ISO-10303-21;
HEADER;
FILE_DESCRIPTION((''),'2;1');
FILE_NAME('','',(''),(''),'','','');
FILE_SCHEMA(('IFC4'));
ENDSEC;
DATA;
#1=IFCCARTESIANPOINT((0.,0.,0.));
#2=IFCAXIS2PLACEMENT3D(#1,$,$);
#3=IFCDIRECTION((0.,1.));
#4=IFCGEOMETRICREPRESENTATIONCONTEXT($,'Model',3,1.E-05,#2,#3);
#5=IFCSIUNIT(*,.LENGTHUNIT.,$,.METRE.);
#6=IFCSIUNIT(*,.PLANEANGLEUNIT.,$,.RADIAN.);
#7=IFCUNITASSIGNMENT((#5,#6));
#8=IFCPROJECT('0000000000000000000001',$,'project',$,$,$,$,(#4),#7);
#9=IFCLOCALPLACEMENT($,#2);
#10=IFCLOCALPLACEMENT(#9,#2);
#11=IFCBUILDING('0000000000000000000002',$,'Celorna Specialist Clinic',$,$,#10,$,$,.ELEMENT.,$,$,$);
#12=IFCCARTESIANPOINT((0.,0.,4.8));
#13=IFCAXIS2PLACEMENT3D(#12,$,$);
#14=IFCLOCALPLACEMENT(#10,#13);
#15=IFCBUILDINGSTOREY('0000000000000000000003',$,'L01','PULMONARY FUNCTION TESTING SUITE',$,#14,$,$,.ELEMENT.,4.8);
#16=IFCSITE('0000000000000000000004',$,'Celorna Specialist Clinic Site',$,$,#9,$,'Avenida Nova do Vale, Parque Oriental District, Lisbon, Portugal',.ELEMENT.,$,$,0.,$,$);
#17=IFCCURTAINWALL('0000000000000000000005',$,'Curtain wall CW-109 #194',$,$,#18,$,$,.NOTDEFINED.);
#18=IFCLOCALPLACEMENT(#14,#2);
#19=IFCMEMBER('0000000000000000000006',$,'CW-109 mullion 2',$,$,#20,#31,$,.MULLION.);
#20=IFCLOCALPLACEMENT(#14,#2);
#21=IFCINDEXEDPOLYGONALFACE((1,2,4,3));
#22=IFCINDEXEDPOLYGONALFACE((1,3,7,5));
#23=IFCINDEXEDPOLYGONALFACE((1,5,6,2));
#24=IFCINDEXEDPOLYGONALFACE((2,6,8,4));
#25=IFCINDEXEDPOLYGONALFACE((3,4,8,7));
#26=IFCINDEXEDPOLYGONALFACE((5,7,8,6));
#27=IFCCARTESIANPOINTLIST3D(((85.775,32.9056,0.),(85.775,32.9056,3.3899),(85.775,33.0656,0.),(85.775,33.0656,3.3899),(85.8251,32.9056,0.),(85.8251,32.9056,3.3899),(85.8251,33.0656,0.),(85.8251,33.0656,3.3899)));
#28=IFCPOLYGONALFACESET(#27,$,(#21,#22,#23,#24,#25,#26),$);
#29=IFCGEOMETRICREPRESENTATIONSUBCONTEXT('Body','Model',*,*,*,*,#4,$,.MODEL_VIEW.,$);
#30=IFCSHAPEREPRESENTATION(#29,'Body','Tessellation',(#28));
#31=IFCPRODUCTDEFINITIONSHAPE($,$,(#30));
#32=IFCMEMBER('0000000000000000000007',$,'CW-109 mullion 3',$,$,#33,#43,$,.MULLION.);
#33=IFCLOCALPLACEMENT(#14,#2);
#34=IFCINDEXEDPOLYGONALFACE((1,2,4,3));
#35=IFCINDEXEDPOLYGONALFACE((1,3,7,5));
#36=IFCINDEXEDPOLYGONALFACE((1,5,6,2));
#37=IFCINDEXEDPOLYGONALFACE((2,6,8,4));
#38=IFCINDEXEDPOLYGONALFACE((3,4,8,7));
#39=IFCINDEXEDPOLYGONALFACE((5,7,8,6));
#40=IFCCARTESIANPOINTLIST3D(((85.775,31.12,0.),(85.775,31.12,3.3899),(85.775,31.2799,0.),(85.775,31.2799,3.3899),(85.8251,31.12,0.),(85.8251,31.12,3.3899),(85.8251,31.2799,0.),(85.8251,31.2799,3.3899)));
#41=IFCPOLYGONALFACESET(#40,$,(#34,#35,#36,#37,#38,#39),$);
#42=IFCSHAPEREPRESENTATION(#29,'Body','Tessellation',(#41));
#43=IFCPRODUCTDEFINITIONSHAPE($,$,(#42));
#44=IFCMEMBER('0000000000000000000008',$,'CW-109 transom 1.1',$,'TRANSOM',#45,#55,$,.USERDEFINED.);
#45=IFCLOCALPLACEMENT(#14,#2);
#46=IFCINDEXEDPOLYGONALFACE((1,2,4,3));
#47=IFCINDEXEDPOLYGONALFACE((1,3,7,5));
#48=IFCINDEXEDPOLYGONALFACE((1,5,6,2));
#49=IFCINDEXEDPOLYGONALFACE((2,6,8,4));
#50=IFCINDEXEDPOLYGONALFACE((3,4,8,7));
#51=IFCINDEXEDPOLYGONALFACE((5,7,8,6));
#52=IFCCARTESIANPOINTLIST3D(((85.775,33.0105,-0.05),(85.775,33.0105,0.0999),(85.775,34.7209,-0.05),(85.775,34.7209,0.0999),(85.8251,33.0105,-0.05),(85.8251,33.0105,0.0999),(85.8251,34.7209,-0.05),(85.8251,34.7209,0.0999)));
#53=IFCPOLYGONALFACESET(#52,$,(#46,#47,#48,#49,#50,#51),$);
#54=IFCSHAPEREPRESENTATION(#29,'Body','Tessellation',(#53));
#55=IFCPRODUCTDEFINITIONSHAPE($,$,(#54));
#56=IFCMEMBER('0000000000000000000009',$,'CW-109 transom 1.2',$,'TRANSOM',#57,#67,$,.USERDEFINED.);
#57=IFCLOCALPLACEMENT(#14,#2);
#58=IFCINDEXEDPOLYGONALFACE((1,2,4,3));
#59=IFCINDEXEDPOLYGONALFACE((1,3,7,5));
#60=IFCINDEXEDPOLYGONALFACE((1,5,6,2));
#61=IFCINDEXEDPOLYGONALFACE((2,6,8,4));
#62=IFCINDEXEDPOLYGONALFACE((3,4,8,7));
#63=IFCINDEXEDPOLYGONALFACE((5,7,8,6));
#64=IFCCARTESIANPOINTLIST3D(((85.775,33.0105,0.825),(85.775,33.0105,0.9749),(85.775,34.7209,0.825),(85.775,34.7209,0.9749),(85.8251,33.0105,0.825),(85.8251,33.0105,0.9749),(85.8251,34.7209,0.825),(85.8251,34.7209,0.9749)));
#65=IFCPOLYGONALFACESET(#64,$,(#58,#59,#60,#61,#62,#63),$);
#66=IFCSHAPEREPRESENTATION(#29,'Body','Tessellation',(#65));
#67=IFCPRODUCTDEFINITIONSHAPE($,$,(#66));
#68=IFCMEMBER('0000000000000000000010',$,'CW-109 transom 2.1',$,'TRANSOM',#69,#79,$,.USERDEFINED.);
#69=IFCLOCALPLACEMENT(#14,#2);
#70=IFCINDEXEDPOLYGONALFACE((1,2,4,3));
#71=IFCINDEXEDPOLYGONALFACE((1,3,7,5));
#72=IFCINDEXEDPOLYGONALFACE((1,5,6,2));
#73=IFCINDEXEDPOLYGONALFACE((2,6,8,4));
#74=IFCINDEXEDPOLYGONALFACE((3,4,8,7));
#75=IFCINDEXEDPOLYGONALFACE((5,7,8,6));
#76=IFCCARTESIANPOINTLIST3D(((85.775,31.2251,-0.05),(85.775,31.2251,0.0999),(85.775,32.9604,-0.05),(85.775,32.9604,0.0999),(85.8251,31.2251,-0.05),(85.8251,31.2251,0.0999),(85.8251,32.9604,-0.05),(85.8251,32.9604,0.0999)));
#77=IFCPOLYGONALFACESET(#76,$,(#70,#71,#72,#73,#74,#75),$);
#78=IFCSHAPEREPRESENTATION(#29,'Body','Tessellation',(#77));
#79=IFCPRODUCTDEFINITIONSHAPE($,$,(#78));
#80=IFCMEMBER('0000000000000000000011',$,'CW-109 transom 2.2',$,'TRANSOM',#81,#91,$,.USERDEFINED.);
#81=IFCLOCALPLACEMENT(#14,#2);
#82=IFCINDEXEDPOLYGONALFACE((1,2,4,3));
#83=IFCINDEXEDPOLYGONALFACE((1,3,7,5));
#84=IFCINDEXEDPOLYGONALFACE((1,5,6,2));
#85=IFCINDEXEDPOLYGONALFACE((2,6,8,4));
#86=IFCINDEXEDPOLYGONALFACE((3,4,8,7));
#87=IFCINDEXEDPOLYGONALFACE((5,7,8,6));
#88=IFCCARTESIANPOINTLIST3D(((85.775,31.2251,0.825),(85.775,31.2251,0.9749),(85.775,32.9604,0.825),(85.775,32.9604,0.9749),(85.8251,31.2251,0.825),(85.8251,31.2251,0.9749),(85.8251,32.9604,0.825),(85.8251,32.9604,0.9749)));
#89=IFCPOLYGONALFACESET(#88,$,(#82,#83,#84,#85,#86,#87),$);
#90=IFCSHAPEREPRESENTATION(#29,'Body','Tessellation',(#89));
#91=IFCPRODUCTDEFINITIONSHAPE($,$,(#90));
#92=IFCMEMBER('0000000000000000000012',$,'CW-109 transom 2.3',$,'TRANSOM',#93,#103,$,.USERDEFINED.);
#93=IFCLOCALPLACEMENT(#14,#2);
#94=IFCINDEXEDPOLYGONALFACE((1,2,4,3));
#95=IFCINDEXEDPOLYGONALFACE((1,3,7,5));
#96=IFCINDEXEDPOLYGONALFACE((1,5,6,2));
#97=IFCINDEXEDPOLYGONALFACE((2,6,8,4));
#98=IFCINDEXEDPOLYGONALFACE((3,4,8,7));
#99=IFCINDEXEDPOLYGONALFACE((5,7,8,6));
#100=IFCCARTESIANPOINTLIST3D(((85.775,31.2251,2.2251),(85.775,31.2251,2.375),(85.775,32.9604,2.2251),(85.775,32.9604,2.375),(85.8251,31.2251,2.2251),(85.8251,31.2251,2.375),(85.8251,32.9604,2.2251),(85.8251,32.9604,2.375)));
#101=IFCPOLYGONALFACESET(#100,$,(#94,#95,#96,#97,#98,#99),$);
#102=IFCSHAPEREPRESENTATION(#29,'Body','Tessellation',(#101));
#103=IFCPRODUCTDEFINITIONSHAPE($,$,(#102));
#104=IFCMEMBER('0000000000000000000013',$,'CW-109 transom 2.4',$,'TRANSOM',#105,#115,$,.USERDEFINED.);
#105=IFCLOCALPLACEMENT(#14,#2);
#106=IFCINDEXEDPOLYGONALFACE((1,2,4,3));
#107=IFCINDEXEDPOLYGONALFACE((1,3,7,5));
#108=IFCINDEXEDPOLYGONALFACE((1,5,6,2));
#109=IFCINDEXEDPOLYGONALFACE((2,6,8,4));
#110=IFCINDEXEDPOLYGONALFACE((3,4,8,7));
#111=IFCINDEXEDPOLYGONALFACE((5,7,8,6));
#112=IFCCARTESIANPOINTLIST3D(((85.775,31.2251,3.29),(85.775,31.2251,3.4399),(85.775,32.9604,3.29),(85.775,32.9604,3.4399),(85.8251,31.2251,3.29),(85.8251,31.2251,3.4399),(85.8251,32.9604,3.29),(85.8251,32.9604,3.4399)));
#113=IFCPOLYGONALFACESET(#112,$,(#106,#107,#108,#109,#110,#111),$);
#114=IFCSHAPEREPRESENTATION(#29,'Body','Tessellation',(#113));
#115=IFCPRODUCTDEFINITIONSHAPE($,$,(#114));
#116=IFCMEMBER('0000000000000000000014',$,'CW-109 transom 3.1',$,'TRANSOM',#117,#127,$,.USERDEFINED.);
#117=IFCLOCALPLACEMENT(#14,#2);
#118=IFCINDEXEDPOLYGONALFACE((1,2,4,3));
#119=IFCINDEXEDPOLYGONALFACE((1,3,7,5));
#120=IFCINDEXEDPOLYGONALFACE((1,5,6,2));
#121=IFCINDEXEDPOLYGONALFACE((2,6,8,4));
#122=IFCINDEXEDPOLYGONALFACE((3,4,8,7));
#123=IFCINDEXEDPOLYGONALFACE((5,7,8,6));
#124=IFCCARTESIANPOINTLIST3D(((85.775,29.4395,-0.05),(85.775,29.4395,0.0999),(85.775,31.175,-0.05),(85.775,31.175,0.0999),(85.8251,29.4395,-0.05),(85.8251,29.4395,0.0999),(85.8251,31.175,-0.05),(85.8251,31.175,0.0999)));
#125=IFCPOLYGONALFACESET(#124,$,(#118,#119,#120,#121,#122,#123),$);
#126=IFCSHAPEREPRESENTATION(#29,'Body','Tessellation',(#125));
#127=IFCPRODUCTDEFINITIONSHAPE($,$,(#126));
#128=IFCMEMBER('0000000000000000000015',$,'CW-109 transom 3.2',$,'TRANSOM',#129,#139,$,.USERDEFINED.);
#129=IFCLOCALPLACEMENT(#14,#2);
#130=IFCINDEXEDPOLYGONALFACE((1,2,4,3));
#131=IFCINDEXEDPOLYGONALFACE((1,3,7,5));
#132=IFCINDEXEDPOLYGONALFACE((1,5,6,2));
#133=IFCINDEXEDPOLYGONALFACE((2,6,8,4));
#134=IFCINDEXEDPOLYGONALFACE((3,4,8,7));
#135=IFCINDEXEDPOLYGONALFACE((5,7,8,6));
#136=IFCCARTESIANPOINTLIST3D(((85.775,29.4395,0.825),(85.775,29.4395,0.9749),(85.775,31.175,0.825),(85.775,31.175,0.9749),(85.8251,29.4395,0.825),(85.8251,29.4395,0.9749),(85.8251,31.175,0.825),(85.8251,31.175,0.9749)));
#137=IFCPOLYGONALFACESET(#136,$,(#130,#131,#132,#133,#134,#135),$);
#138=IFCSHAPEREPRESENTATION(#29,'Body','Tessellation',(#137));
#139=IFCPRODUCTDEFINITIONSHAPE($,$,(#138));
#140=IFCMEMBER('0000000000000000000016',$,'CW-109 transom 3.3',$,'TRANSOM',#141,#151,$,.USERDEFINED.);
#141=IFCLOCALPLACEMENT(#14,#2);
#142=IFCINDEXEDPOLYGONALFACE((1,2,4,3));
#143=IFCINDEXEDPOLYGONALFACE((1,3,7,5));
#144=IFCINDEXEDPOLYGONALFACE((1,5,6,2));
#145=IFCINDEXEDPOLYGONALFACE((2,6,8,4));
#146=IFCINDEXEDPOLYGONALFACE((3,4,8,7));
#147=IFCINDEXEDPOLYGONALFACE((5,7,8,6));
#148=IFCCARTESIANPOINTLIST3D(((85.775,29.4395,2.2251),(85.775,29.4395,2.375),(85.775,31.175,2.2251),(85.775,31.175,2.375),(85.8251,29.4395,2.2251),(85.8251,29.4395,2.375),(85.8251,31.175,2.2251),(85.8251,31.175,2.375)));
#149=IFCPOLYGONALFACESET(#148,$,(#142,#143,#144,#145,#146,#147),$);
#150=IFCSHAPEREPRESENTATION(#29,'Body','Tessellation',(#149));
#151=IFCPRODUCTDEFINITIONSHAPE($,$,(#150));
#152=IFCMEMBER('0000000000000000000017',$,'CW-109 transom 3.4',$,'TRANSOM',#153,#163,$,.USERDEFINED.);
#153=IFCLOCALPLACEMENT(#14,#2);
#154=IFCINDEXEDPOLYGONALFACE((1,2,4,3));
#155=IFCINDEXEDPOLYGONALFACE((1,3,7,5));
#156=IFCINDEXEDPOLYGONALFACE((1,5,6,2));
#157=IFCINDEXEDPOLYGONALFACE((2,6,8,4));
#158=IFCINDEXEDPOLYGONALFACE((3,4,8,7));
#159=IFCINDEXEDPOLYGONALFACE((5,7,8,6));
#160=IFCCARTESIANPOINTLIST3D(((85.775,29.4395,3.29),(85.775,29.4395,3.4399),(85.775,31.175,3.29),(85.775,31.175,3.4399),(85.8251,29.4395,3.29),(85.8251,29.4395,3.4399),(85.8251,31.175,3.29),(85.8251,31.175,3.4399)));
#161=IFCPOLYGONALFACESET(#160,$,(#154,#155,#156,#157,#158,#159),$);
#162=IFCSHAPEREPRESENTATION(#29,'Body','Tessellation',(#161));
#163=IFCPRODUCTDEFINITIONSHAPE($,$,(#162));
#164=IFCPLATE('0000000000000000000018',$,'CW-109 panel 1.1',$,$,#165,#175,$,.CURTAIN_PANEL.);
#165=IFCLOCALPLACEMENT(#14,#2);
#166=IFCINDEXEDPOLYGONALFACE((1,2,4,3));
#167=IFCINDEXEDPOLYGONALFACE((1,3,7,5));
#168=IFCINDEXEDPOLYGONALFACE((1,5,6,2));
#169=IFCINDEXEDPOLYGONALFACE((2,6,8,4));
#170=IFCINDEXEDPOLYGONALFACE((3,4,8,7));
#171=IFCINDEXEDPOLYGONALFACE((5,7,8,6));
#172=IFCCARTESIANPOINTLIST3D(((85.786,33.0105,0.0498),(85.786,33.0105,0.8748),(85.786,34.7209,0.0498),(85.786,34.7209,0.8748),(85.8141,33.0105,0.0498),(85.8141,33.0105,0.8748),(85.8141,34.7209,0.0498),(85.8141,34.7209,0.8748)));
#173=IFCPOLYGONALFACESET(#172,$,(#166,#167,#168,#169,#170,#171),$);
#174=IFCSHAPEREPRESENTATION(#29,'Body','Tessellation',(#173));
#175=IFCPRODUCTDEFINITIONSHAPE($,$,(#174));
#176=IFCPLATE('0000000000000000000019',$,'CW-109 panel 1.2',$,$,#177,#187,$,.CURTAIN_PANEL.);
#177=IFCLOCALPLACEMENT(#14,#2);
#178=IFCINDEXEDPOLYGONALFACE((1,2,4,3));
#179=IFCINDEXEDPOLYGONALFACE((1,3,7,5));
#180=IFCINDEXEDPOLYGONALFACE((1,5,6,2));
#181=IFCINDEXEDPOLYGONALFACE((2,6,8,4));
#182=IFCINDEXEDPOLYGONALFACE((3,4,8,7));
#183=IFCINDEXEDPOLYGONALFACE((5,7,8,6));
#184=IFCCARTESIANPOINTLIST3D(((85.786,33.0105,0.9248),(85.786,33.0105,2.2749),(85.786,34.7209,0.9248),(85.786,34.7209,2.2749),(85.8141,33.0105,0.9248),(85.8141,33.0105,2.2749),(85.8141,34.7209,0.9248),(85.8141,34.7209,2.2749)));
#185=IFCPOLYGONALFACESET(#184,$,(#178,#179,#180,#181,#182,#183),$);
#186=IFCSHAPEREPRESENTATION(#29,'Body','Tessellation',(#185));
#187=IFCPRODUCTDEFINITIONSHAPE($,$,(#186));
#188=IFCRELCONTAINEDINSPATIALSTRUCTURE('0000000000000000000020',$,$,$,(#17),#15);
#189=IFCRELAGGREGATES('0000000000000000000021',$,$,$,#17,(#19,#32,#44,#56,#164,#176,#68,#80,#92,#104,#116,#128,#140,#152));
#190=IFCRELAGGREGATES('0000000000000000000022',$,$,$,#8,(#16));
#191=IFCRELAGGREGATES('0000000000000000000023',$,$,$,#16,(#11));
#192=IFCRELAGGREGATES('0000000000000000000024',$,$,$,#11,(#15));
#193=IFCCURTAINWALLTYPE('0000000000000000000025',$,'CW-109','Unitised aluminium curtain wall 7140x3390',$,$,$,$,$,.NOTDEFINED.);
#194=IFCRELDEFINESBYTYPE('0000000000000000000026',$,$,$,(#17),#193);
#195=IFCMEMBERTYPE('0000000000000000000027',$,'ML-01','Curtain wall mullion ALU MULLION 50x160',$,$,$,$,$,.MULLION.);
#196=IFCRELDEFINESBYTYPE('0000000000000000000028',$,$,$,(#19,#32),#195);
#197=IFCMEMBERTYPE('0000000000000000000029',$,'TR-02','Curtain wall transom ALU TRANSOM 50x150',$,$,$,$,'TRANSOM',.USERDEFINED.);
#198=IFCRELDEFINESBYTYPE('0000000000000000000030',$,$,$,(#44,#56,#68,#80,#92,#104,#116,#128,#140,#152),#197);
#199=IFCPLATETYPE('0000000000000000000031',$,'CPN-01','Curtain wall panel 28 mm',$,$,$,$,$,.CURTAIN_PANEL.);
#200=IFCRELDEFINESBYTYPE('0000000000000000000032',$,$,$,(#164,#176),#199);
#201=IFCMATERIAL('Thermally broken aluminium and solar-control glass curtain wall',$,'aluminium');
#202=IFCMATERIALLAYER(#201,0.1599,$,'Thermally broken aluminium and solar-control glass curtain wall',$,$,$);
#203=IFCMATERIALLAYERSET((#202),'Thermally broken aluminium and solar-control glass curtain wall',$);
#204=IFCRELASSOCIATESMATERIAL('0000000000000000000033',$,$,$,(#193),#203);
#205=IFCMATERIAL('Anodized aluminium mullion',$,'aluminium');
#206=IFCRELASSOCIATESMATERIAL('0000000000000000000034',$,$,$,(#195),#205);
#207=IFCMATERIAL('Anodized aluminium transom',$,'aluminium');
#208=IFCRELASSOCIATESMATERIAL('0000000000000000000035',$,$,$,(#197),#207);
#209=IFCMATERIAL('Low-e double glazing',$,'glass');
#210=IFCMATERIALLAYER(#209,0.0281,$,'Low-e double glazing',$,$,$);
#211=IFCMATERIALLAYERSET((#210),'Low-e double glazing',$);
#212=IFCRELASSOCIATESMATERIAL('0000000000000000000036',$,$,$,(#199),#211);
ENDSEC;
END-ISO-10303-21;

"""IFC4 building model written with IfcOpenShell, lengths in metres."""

from ifc_helpers import new_model, si_unit, direction, frame, origin, origin_2d, place, context, subcontext, project, spatial, rectangle, extrude, material, layer, layer_set, material_profile, profile_set, type_object, element, aggregate, save


model = new_model("IFC4")

# Units and contexts
model_context = context("Model", 3, precision=1e-05, world=origin(), true_north=direction((0.0, 1.0)))
body_context = subcontext(model_context, "Body", "Model", "MODEL_VIEW")
ifc_project = project(units=[si_unit("LENGTHUNIT", "METRE"), si_unit("PLANEANGLEUNIT", "RADIAN")], contexts=[model_context])

# Site, building, storey
site_placement = place(None, origin())
site = spatial("IfcSite", under=ifc_project, at=site_placement, Name="Celorna Specialist Clinic Site", LongName="Avenida Nova do Vale, Parque Oriental District, Lisbon, Portugal", CompositionType="ELEMENT", RefElevation=0.0)
building_placement = place(site_placement, origin())
building = spatial("IfcBuilding", under=site, at=building_placement, Name="Celorna Specialist Clinic", CompositionType="ELEMENT")
storey_placement = place(building_placement, frame((0.0, 0.0, 4.8)))
storey = spatial("IfcBuildingStorey", under=building, at=storey_placement, Name="L01", Description="PULMONARY FUNCTION TESTING SUITE", CompositionType="ELEMENT", Elevation=4.8)

# Curtain wall, members, plates
ifc_material_1 = material(Name="Thermally broken aluminium and solar-control glass curtain wall", Category="aluminium")
ifc_layer_1 = layer(ifc_material_1, 0.1599, Name="Thermally broken aluminium and solar-control glass curtain wall")
ifc_layer_set_1 = layer_set([ifc_layer_1], Name="Thermally broken aluminium and solar-control glass curtain wall")
curtain_wall_type = type_object("IfcCurtainWallType", Name="CW-109", Description="Unitised aluminium curtain wall 7140x3390", PredefinedType="NOTDEFINED", material=ifc_layer_set_1)
curtain_wall_placement = place(storey_placement, origin())
curtain_wall = element("IfcCurtainWall", 1, at=curtain_wall_placement, inside=storey, type_object=curtain_wall_type, Name="Curtain wall CW-109 #194", PredefinedType="NOTDEFINED")
ifc_material_2 = material(Name="Anodized aluminium mullion", Category="aluminium")
ifc_material_profile_1 = material_profile(ifc_material_2, rectangle(XDim=0.05, YDim=0.1599, at=origin_2d()), Name="ALU MULLION 50x160")
ifc_profile_set_1 = profile_set([ifc_material_profile_1], Name="Anodized aluminium mullion")
member_type_1 = type_object("IfcMemberType", Name="ML-01", Description="Curtain wall mullion ALU MULLION 50x160", PredefinedType="MULLION", material=ifc_profile_set_1)
member_1_placement = place(storey_placement, frame((85.8, 32.9856, 0.0), z_axis=(0.0, 0.0, 1.0), x_axis=(1.0, 0.0, 0.0)))
member_1 = element("IfcMember", 2, at=member_1_placement, type_object=member_type_1, Name="CW-109 mullion 2", PredefinedType="MULLION", context=body_context, shape_type="SweptSolid", body=[
    extrude(rectangle(XDim=0.05, YDim=0.1599, at=origin_2d()), origin(), (0.0, 0.0, 1.0), 3.3899),
])
member_2_placement = place(storey_placement, frame((85.8, 31.2, 0.0), z_axis=(0.0, 0.0, 1.0), x_axis=(1.0, 0.0, 0.0)))
member_2 = element("IfcMember", 3, at=member_2_placement, type_object=member_type_1, Name="CW-109 mullion 3", PredefinedType="MULLION", context=body_context, shape_type="SweptSolid", body=[
    extrude(rectangle(XDim=0.05, YDim=0.1599, at=origin_2d()), origin(), (0.0, 0.0, 1.0), 3.3899),
])
ifc_material_3 = material(Name="Anodized aluminium transom", Category="aluminium")
ifc_material_profile_2 = material_profile(ifc_material_3, rectangle(XDim=0.05, YDim=0.1499, at=origin_2d()), Name="ALU TRANSOM 50x150")
ifc_profile_set_2 = profile_set([ifc_material_profile_2], Name="Anodized aluminium transom")
member_type_2 = type_object("IfcMemberType", Name="TR-02", Description="Curtain wall transom ALU TRANSOM 50x150", ElementType="TRANSOM", PredefinedType="USERDEFINED", material=ifc_profile_set_2)
member_3_placement = place(storey_placement, frame((85.8, 34.7209, 0.0249), z_axis=(0.0, -1.0, 0.0), x_axis=(1.0, 0.0, 0.0)))
member_3 = element("IfcMember", 4, at=member_3_placement, type_object=member_type_2, Name="CW-109 transom 1.1", ObjectType="TRANSOM", PredefinedType="USERDEFINED", context=body_context, shape_type="SweptSolid", body=[
    extrude(rectangle(XDim=0.05, YDim=0.1499, at=origin_2d()), origin(), (0.0, 0.0, 1.0), 1.7104),
])
member_4_placement = place(storey_placement, frame((85.8, 34.7209, 0.8999), z_axis=(0.0, -1.0, 0.0), x_axis=(1.0, 0.0, 0.0)))
member_4 = element("IfcMember", 5, at=member_4_placement, type_object=member_type_2, Name="CW-109 transom 1.2", ObjectType="TRANSOM", PredefinedType="USERDEFINED", context=body_context, shape_type="SweptSolid", body=[
    extrude(rectangle(XDim=0.05, YDim=0.1499, at=origin_2d()), origin(), (0.0, 0.0, 1.0), 1.7104),
])
member_5_placement = place(storey_placement, frame((85.8, 32.9604, 0.0249), z_axis=(0.0, -1.0, 0.0), x_axis=(1.0, 0.0, 0.0)))
member_5 = element("IfcMember", 6, at=member_5_placement, type_object=member_type_2, Name="CW-109 transom 2.1", ObjectType="TRANSOM", PredefinedType="USERDEFINED", context=body_context, shape_type="SweptSolid", body=[
    extrude(rectangle(XDim=0.05, YDim=0.1499, at=origin_2d()), origin(), (0.0, 0.0, 1.0), 1.7354),
])
member_6_placement = place(storey_placement, frame((85.8, 32.9604, 0.8999), z_axis=(0.0, -1.0, 0.0), x_axis=(1.0, 0.0, 0.0)))
member_6 = element("IfcMember", 7, at=member_6_placement, type_object=member_type_2, Name="CW-109 transom 2.2", ObjectType="TRANSOM", PredefinedType="USERDEFINED", context=body_context, shape_type="SweptSolid", body=[
    extrude(rectangle(XDim=0.05, YDim=0.1499, at=origin_2d()), origin(), (0.0, 0.0, 1.0), 1.7354),
])
member_7_placement = place(storey_placement, frame((85.8, 32.9604, 2.3), z_axis=(0.0, -1.0, 0.0), x_axis=(1.0, 0.0, 0.0)))
member_7 = element("IfcMember", 8, at=member_7_placement, type_object=member_type_2, Name="CW-109 transom 2.3", ObjectType="TRANSOM", PredefinedType="USERDEFINED", context=body_context, shape_type="SweptSolid", body=[
    extrude(rectangle(XDim=0.05, YDim=0.1499, at=origin_2d()), origin(), (0.0, 0.0, 1.0), 1.7354),
])
member_8_placement = place(storey_placement, frame((85.8, 32.9604, 3.365), z_axis=(0.0, -1.0, 0.0), x_axis=(1.0, 0.0, 0.0)))
member_8 = element("IfcMember", 9, at=member_8_placement, type_object=member_type_2, Name="CW-109 transom 2.4", ObjectType="TRANSOM", PredefinedType="USERDEFINED", context=body_context, shape_type="SweptSolid", body=[
    extrude(rectangle(XDim=0.05, YDim=0.1499, at=origin_2d()), origin(), (0.0, 0.0, 1.0), 1.7354),
])
member_9_placement = place(storey_placement, frame((85.8, 31.175, 0.0249), z_axis=(0.0, -1.0, 0.0), x_axis=(1.0, 0.0, 0.0)))
member_9 = element("IfcMember", 10, at=member_9_placement, type_object=member_type_2, Name="CW-109 transom 3.1", ObjectType="TRANSOM", PredefinedType="USERDEFINED", context=body_context, shape_type="SweptSolid", body=[
    extrude(rectangle(XDim=0.05, YDim=0.1499, at=origin_2d()), origin(), (0.0, 0.0, 1.0), 1.7356),
])
member_10_placement = place(storey_placement, frame((85.8, 31.175, 0.8999), z_axis=(0.0, -1.0, 0.0), x_axis=(1.0, 0.0, 0.0)))
member_10 = element("IfcMember", 11, at=member_10_placement, type_object=member_type_2, Name="CW-109 transom 3.2", ObjectType="TRANSOM", PredefinedType="USERDEFINED", context=body_context, shape_type="SweptSolid", body=[
    extrude(rectangle(XDim=0.05, YDim=0.1499, at=origin_2d()), origin(), (0.0, 0.0, 1.0), 1.7356),
])
member_11_placement = place(storey_placement, frame((85.8, 31.175, 2.3), z_axis=(0.0, -1.0, 0.0), x_axis=(1.0, 0.0, 0.0)))
member_11 = element("IfcMember", 12, at=member_11_placement, type_object=member_type_2, Name="CW-109 transom 3.3", ObjectType="TRANSOM", PredefinedType="USERDEFINED", context=body_context, shape_type="SweptSolid", body=[
    extrude(rectangle(XDim=0.05, YDim=0.1499, at=origin_2d()), origin(), (0.0, 0.0, 1.0), 1.7356),
])
member_12_placement = place(storey_placement, frame((85.8, 31.175, 3.365), z_axis=(0.0, -1.0, 0.0), x_axis=(1.0, 0.0, 0.0)))
member_12 = element("IfcMember", 13, at=member_12_placement, type_object=member_type_2, Name="CW-109 transom 3.4", ObjectType="TRANSOM", PredefinedType="USERDEFINED", context=body_context, shape_type="SweptSolid", body=[
    extrude(rectangle(XDim=0.05, YDim=0.1499, at=origin_2d()), origin(), (0.0, 0.0, 1.0), 1.7356),
])
ifc_material_4 = material(Name="Low-e double glazing", Category="glass")
ifc_layer_2 = layer(ifc_material_4, 0.0281, Name="Low-e double glazing")
ifc_layer_set_2 = layer_set([ifc_layer_2], Name="Low-e double glazing")
plate_type = type_object("IfcPlateType", Name="CPN-01", Description="Curtain wall panel 28 mm", PredefinedType="CURTAIN_PANEL", material=ifc_layer_set_2)
plate_1_placement = place(storey_placement, frame((85.8, 33.8657, 0.0498), z_axis=(0.0, 0.0, 1.0), x_axis=(0.0, -1.0, 0.0)))
plate_1 = element("IfcPlate", 14, at=plate_1_placement, type_object=plate_type, Name="CW-109 panel 1.1", PredefinedType="CURTAIN_PANEL", context=body_context, shape_type="SweptSolid", body=[
    extrude(rectangle(XDim=1.7104, YDim=0.0281, at=origin_2d()), origin(), (0.0, 0.0, 1.0), 0.825),
])
plate_2_placement = place(storey_placement, frame((85.8, 33.8657, 0.9248), z_axis=(0.0, 0.0, 1.0), x_axis=(0.0, -1.0, 0.0)))
plate_2 = element("IfcPlate", 15, at=plate_2_placement, type_object=plate_type, Name="CW-109 panel 1.2", PredefinedType="CURTAIN_PANEL", context=body_context, shape_type="SweptSolid", body=[
    extrude(rectangle(XDim=1.7104, YDim=0.0281, at=origin_2d()), origin(), (0.0, 0.0, 1.0), 1.3501),
])
aggregate(curtain_wall, [member_1, member_2, member_3, member_4, plate_1, plate_2, member_5, member_6, member_7, member_8, member_9, member_10, member_11, member_12])

save(model, "model.ifc")
